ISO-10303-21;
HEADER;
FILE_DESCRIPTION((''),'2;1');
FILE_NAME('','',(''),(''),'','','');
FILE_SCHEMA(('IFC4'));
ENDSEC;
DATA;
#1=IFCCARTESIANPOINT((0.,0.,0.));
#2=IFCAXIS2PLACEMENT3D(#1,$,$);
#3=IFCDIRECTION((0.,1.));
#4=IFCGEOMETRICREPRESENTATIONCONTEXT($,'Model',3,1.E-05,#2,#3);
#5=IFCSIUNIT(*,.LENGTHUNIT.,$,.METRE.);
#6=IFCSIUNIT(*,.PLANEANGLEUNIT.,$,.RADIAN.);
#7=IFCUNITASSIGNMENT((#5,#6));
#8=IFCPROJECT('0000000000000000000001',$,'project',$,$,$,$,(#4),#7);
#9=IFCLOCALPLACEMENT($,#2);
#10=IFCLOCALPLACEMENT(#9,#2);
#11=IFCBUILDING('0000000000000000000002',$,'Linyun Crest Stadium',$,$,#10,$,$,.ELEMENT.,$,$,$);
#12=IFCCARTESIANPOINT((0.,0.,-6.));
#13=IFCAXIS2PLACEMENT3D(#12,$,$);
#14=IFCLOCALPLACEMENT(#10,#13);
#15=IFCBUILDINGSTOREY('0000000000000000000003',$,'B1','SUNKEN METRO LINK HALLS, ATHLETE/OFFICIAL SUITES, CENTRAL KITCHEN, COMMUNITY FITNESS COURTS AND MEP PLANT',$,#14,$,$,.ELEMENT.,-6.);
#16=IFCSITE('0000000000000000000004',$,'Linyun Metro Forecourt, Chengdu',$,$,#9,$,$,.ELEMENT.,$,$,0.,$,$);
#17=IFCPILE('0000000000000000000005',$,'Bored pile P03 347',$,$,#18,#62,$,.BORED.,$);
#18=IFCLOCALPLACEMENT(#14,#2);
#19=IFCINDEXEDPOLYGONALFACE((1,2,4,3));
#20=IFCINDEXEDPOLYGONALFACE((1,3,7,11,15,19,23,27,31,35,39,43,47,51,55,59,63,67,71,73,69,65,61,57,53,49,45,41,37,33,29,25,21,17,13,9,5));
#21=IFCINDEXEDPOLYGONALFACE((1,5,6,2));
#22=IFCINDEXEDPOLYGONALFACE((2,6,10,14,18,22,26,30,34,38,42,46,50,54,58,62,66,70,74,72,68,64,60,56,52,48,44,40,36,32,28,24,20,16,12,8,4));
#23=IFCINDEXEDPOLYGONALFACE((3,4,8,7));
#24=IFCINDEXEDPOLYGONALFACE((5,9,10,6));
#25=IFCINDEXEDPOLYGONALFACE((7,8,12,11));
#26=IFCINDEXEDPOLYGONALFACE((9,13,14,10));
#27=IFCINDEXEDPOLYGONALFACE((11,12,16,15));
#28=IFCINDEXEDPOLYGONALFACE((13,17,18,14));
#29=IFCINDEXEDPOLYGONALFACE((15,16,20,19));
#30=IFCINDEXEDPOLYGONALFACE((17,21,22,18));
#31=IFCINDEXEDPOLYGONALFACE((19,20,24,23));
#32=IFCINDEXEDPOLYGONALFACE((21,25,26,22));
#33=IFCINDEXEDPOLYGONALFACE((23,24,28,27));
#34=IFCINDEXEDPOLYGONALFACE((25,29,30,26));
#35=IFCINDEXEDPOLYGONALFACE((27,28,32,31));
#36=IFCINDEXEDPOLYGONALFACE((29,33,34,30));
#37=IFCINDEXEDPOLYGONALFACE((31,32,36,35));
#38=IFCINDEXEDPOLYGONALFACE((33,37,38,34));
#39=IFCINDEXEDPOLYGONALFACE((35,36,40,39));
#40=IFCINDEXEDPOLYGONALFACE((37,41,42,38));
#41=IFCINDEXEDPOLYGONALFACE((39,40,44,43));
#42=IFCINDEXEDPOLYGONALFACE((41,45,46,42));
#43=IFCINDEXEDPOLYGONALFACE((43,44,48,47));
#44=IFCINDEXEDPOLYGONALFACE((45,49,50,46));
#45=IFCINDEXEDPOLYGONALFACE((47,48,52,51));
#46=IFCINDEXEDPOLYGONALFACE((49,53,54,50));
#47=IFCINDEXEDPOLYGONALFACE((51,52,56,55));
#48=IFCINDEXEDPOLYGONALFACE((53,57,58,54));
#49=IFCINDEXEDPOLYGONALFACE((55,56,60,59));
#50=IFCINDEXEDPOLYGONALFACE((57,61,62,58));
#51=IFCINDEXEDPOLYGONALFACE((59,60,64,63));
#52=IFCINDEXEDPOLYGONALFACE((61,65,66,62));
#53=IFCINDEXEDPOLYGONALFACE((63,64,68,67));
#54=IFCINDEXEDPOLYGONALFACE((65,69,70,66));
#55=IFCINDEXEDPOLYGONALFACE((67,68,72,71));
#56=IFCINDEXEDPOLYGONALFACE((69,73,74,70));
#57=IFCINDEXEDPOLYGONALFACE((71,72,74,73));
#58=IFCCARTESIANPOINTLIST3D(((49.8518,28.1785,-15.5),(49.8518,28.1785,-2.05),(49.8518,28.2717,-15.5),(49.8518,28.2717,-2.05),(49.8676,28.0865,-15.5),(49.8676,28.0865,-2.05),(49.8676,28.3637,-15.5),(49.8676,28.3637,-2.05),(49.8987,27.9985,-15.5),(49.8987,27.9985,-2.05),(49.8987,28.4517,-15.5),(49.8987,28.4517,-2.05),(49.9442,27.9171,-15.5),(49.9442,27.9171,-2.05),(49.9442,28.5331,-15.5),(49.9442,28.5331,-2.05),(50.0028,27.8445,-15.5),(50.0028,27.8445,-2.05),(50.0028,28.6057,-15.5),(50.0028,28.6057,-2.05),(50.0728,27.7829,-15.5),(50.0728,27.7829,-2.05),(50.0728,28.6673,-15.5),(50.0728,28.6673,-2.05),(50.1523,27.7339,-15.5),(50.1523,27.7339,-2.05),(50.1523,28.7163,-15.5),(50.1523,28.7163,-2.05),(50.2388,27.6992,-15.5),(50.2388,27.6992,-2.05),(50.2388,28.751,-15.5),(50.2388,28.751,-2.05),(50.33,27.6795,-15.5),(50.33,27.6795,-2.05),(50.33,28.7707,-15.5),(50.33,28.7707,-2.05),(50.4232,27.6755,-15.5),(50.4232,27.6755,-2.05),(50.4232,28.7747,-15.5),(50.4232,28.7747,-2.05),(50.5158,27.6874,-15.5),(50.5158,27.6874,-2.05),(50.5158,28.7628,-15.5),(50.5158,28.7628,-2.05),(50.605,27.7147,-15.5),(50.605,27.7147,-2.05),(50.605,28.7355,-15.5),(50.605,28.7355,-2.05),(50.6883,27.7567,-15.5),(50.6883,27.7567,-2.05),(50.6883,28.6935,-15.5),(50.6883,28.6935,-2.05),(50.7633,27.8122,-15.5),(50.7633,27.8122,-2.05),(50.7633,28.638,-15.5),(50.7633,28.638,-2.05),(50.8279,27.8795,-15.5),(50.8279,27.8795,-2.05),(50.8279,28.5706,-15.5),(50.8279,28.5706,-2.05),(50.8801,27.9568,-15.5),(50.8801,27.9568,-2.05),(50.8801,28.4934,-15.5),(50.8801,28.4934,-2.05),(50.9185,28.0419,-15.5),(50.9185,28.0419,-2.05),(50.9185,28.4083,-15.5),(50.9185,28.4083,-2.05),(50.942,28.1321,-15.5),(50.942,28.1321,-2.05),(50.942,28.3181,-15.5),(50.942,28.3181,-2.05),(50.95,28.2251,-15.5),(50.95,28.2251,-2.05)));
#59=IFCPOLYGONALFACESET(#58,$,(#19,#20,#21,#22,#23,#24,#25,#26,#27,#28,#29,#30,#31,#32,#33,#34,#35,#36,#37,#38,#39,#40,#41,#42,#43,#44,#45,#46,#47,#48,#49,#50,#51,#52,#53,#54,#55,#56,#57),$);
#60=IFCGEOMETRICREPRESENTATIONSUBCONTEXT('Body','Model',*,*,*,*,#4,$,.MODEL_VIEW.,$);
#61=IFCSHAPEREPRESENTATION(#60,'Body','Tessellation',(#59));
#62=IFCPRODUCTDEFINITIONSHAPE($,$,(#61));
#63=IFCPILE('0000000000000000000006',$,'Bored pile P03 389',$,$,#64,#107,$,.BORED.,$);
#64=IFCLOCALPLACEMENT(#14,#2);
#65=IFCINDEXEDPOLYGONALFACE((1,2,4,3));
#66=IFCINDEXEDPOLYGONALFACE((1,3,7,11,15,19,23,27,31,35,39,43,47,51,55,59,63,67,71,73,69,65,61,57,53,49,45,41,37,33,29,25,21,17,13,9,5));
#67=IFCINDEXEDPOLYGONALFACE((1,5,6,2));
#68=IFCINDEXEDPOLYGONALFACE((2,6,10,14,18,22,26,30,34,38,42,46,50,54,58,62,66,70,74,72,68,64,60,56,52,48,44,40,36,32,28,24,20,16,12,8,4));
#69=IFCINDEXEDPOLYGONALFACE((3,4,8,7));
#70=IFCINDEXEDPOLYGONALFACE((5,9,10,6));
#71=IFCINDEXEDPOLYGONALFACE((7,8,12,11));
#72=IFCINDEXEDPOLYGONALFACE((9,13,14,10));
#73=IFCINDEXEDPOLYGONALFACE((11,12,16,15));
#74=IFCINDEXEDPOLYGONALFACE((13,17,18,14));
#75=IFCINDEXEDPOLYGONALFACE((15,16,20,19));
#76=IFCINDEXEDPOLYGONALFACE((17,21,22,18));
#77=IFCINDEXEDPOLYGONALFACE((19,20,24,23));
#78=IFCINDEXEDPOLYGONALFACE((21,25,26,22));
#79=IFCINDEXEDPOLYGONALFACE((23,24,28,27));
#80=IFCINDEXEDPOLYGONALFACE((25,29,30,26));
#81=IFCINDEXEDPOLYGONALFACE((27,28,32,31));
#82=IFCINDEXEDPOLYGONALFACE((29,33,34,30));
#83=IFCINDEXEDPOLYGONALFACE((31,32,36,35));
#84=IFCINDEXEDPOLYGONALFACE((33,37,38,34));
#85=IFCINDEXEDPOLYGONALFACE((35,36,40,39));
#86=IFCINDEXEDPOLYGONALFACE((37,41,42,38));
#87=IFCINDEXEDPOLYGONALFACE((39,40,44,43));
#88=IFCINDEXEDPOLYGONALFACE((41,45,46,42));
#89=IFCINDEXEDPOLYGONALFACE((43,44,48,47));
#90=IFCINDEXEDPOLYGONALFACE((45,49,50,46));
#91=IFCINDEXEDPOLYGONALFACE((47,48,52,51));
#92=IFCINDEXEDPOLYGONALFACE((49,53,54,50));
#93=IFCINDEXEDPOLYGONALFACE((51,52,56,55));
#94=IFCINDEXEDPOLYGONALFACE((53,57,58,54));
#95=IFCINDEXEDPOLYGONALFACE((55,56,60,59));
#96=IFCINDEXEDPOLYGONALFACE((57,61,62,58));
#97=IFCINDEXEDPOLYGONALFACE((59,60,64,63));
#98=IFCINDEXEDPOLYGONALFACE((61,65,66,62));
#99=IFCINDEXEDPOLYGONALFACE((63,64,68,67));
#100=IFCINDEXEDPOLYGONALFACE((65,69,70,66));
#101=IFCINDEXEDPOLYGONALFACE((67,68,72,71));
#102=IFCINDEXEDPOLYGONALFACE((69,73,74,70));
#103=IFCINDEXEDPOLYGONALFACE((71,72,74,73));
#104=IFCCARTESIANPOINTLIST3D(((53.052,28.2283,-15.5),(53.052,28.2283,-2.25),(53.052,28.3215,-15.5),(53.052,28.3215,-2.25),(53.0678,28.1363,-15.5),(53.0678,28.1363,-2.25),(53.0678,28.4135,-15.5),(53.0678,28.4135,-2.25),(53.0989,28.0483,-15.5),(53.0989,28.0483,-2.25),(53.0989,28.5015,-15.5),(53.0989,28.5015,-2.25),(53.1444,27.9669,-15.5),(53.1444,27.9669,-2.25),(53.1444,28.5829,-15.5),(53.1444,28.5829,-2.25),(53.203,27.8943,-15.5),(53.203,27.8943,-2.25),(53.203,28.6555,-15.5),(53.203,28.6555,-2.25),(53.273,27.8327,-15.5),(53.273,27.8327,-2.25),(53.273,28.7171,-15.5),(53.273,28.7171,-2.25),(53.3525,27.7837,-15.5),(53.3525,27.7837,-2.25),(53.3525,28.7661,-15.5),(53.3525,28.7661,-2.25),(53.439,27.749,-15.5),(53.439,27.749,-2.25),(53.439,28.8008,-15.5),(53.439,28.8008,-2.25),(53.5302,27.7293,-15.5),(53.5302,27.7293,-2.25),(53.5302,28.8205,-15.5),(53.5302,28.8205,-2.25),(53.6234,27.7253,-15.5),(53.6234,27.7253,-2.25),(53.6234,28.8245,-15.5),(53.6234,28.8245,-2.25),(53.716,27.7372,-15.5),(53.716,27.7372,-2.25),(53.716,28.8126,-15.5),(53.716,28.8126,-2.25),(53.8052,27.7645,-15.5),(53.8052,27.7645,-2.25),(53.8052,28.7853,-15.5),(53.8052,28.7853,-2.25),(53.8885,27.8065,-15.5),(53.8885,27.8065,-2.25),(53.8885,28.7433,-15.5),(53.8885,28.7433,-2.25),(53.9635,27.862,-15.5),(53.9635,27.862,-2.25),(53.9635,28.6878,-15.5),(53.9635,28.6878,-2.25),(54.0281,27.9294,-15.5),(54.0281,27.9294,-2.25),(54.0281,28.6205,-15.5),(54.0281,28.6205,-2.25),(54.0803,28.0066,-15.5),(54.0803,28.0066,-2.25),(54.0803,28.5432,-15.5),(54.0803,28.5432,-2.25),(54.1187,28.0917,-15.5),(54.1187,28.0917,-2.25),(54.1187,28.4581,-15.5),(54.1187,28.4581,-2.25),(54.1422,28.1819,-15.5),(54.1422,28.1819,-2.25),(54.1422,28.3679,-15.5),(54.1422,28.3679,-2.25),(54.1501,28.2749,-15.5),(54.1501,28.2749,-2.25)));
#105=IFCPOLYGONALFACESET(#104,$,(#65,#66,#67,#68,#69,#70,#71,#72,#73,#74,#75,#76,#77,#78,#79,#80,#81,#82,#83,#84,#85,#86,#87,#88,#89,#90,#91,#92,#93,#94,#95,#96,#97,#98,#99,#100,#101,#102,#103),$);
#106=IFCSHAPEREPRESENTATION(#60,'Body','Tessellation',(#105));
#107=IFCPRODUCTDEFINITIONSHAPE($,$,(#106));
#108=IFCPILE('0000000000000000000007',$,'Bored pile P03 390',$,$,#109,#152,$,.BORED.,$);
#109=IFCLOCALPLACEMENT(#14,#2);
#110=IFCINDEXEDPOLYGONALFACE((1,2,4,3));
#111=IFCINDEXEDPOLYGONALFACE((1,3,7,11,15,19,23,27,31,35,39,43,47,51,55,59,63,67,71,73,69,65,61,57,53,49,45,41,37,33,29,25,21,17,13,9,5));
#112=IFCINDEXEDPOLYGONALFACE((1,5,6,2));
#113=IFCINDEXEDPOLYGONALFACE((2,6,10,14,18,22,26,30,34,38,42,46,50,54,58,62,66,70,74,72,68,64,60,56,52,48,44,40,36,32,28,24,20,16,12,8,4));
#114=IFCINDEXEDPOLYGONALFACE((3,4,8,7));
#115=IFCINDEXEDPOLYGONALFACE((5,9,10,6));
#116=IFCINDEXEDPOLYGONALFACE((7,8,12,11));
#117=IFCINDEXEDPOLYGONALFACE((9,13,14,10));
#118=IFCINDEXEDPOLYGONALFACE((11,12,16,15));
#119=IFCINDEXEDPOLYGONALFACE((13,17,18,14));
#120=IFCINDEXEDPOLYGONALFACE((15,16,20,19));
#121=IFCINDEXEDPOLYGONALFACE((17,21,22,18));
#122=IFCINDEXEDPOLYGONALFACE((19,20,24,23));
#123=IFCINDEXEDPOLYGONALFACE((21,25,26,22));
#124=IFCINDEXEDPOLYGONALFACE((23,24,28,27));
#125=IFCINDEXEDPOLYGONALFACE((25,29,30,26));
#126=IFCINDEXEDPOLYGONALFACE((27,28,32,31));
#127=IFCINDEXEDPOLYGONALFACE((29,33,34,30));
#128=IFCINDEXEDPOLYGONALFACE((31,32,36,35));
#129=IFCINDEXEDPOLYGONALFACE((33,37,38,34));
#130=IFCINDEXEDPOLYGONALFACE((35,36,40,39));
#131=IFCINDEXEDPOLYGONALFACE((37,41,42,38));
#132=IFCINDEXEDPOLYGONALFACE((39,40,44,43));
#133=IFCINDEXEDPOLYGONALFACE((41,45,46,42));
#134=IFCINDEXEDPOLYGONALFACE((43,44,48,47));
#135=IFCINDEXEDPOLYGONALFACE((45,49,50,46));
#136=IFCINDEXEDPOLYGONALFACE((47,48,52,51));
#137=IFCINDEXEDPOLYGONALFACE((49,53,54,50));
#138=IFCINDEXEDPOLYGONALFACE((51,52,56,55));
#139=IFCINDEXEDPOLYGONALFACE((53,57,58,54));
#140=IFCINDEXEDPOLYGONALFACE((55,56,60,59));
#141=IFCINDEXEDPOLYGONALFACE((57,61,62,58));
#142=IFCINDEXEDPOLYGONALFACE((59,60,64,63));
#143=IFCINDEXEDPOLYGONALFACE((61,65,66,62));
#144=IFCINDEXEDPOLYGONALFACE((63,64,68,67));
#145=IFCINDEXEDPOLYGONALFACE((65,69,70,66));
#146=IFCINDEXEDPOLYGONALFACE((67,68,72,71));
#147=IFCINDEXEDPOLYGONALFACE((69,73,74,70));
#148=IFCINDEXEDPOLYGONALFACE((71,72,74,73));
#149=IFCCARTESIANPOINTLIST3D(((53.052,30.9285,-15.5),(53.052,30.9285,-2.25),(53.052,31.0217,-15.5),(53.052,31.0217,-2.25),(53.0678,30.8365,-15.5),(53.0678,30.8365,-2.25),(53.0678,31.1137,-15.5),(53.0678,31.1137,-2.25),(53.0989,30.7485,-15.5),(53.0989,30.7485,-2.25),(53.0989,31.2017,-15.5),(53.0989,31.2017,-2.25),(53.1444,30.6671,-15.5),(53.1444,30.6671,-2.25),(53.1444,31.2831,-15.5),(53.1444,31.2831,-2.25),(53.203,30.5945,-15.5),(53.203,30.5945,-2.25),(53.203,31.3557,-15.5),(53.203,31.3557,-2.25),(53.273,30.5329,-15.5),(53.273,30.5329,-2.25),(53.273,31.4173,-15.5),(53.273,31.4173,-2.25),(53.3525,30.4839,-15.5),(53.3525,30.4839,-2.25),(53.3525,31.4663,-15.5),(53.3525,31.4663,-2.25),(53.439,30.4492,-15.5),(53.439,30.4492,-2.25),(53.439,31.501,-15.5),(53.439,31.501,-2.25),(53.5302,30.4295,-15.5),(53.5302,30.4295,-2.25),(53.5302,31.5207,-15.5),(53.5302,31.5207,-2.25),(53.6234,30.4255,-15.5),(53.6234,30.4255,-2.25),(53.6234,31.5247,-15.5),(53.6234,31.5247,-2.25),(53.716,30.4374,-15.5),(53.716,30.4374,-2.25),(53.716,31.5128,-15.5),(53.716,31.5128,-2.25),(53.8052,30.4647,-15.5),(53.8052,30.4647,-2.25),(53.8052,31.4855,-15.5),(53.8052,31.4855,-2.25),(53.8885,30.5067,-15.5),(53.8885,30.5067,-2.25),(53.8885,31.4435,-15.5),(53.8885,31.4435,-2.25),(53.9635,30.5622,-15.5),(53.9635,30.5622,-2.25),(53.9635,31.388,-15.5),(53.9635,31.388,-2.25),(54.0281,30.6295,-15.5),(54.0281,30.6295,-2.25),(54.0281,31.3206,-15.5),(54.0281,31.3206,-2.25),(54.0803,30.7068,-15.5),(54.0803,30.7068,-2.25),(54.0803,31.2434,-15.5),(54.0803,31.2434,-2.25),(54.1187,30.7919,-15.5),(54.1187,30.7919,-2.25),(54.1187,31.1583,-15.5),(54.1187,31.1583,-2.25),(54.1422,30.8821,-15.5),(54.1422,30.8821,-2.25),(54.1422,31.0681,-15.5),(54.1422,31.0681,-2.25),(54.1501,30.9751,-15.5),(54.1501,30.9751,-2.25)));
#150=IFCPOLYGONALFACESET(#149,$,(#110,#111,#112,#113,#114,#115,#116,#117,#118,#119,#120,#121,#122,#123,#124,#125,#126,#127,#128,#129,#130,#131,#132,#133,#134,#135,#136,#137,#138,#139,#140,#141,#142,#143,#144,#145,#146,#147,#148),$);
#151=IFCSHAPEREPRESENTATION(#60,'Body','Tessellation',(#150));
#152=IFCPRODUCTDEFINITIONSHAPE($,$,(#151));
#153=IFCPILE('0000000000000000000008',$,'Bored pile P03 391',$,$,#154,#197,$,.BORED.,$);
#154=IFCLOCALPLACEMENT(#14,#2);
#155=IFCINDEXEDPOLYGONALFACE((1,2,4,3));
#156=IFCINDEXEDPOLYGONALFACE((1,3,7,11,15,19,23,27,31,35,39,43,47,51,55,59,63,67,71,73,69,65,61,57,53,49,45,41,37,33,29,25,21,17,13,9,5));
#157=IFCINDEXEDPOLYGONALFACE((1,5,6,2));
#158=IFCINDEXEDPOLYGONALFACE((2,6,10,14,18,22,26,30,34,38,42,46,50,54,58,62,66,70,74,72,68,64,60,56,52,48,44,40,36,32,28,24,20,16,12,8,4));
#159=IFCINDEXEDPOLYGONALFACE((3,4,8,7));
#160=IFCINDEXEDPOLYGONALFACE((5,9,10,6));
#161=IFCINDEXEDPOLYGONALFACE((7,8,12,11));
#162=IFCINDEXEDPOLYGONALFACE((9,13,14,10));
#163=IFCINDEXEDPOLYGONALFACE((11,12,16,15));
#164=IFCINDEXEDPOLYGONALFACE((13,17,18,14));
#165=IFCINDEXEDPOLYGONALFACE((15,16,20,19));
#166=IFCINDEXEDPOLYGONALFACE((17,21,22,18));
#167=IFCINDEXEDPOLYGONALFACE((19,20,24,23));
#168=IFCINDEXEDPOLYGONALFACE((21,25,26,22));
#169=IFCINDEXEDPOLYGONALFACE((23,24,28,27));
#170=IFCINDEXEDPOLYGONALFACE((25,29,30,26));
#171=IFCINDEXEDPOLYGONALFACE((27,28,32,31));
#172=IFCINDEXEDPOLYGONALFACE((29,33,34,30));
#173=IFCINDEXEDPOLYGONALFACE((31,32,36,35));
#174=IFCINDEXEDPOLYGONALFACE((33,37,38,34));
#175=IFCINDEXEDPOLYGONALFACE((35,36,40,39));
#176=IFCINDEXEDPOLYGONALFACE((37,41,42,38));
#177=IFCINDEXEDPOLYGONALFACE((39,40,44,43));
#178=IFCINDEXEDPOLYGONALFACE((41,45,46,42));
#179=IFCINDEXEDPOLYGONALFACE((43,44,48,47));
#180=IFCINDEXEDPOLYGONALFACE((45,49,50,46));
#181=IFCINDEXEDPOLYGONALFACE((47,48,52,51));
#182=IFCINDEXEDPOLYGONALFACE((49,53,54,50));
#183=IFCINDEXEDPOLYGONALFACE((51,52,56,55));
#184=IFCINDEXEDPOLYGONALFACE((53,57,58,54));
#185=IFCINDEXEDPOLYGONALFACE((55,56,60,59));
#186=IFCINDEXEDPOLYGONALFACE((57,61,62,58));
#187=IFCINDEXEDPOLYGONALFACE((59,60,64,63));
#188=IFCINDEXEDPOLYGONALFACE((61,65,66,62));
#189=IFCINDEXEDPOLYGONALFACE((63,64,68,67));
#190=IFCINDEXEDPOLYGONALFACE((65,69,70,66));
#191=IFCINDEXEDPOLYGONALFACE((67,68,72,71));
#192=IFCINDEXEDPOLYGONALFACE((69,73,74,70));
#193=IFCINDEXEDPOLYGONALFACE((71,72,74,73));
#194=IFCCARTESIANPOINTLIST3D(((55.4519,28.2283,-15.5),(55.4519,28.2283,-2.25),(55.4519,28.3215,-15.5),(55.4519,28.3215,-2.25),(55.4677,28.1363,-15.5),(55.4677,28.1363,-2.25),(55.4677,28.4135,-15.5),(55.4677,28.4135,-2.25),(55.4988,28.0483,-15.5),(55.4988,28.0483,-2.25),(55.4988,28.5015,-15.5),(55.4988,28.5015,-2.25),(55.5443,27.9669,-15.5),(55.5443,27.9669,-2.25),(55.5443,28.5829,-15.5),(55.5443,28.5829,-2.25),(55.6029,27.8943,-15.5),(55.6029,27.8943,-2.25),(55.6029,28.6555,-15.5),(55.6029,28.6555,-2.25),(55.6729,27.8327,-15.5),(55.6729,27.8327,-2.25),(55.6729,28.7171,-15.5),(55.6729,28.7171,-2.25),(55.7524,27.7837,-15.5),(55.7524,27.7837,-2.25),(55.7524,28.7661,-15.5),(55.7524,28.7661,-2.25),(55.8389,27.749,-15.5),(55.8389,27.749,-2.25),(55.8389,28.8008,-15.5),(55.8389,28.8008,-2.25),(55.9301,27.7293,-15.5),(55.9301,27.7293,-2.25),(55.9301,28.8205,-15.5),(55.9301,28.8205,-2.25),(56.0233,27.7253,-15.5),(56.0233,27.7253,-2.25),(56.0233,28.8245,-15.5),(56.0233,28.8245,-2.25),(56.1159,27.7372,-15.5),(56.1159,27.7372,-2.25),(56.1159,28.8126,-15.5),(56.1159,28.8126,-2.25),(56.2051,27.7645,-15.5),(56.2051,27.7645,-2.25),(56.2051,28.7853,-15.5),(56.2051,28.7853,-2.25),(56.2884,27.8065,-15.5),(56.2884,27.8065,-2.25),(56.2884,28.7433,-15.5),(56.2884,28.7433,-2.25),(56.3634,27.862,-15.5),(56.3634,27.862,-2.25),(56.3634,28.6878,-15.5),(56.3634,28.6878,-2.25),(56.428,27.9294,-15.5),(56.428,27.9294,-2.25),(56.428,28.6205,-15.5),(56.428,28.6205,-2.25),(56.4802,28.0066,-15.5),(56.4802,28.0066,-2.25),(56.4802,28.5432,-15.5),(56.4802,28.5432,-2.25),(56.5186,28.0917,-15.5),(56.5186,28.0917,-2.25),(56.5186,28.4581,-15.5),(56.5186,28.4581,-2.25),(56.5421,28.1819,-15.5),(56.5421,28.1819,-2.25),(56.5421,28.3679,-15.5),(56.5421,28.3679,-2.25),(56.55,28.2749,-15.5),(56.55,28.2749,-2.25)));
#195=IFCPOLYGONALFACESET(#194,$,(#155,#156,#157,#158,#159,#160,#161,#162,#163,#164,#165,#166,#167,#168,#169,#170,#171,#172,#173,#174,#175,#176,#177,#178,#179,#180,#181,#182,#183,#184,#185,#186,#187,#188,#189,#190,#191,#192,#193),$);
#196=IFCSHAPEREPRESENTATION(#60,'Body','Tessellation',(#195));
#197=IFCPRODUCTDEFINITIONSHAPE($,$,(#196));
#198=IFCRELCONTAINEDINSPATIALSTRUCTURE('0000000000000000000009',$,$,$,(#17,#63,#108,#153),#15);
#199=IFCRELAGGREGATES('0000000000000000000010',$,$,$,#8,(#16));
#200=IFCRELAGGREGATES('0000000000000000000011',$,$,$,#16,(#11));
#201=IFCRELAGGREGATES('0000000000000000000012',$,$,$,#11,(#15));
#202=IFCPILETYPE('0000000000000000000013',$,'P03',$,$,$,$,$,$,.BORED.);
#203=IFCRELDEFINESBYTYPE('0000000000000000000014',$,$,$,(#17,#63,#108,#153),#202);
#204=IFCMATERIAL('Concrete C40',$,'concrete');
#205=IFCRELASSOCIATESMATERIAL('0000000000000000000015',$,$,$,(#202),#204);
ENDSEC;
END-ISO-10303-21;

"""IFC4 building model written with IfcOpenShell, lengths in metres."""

from ifc_helpers import new_model, si_unit, direction, frame, origin, origin_2d, place, context, subcontext, project, spatial, circle, extrude, material, material_profile, profile_set, type_object, element, save


model = new_model("IFC4")

# Units and contexts
model_context = context("Model", 3, precision=1e-05, world=origin(), true_north=direction((0.0, 1.0)))
body_context = subcontext(model_context, "Body", "Model", "MODEL_VIEW")
ifc_project = project(units=[si_unit("LENGTHUNIT", "METRE"), si_unit("PLANEANGLEUNIT", "RADIAN")], contexts=[model_context])

# Site, building, storey
site_placement = place(None, origin())
site = spatial("IfcSite", under=ifc_project, at=site_placement, Name="Linyun Metro Forecourt, Chengdu", CompositionType="ELEMENT", RefElevation=0.0)
building_placement = place(site_placement, origin())
building = spatial("IfcBuilding", under=site, at=building_placement, Name="Linyun Crest Stadium", CompositionType="ELEMENT")
storey_placement = place(building_placement, frame((0.0, 0.0, -6.0)))
storey = spatial("IfcBuildingStorey", under=building, at=storey_placement, Name="B1", Description="SUNKEN METRO LINK HALLS, ATHLETE/OFFICIAL SUITES, CENTRAL KITCHEN, COMMUNITY FITNESS COURTS AND MEP PLANT", CompositionType="ELEMENT", Elevation=-6.0)

# Piles
ifc_material_1 = material(Name="Concrete C40", Category="concrete")
ifc_material_profile_1 = material_profile(ifc_material_1, circle(Radius=0.55, at=origin_2d()), Name="BORED PILE 1100")
ifc_profile_set_1 = profile_set([ifc_material_profile_1], Name="Concrete C40")
pile_type = type_object("IfcPileType", Name="P03", PredefinedType="BORED", material=ifc_profile_set_1)
pile_1_placement = place(storey_placement, frame((50.3999, 28.2251, -2.05), z_axis=(0.0, 0.0, -1.0), x_axis=(1.0, 0.0, 0.0)))
element("IfcPile", 1, at=pile_1_placement, inside=storey, type_object=pile_type, Name="Bored pile P03 347", PredefinedType="BORED", context=body_context, shape_type="SweptSolid", body=[
    extrude(circle(Radius=0.55, at=origin_2d()), origin(), (0.0, 0.0, 1.0), 13.45),
])
for number, where, z_axis, x_axis, name in (
    (2, (53.6001, 28.2749, -2.25), (0.0, 0.0, -1.0), (1.0, 0.0, 0.0), "Bored pile P03 389"),
    (3, (53.6001, 30.9751, -2.25), (0.0, 0.0, -1.0), (1.0, 0.0, 0.0), "Bored pile P03 390"),
    (4, (56.0, 28.2749, -2.25), (0.0, 0.0, -1.0), (1.0, 0.0, 0.0), "Bored pile P03 391"),
):
    element("IfcPile", number, at=place(storey_placement, frame(where, z_axis=z_axis, x_axis=x_axis)), inside=storey, type_object=pile_type, Name=name, PredefinedType="BORED", context=body_context, shape_type="SweptSolid", body=[
        extrude(circle(Radius=0.55, at=origin_2d()), origin(), (0.0, 0.0, 1.0), 13.25),
    ])

save(model, "model.ifc")
